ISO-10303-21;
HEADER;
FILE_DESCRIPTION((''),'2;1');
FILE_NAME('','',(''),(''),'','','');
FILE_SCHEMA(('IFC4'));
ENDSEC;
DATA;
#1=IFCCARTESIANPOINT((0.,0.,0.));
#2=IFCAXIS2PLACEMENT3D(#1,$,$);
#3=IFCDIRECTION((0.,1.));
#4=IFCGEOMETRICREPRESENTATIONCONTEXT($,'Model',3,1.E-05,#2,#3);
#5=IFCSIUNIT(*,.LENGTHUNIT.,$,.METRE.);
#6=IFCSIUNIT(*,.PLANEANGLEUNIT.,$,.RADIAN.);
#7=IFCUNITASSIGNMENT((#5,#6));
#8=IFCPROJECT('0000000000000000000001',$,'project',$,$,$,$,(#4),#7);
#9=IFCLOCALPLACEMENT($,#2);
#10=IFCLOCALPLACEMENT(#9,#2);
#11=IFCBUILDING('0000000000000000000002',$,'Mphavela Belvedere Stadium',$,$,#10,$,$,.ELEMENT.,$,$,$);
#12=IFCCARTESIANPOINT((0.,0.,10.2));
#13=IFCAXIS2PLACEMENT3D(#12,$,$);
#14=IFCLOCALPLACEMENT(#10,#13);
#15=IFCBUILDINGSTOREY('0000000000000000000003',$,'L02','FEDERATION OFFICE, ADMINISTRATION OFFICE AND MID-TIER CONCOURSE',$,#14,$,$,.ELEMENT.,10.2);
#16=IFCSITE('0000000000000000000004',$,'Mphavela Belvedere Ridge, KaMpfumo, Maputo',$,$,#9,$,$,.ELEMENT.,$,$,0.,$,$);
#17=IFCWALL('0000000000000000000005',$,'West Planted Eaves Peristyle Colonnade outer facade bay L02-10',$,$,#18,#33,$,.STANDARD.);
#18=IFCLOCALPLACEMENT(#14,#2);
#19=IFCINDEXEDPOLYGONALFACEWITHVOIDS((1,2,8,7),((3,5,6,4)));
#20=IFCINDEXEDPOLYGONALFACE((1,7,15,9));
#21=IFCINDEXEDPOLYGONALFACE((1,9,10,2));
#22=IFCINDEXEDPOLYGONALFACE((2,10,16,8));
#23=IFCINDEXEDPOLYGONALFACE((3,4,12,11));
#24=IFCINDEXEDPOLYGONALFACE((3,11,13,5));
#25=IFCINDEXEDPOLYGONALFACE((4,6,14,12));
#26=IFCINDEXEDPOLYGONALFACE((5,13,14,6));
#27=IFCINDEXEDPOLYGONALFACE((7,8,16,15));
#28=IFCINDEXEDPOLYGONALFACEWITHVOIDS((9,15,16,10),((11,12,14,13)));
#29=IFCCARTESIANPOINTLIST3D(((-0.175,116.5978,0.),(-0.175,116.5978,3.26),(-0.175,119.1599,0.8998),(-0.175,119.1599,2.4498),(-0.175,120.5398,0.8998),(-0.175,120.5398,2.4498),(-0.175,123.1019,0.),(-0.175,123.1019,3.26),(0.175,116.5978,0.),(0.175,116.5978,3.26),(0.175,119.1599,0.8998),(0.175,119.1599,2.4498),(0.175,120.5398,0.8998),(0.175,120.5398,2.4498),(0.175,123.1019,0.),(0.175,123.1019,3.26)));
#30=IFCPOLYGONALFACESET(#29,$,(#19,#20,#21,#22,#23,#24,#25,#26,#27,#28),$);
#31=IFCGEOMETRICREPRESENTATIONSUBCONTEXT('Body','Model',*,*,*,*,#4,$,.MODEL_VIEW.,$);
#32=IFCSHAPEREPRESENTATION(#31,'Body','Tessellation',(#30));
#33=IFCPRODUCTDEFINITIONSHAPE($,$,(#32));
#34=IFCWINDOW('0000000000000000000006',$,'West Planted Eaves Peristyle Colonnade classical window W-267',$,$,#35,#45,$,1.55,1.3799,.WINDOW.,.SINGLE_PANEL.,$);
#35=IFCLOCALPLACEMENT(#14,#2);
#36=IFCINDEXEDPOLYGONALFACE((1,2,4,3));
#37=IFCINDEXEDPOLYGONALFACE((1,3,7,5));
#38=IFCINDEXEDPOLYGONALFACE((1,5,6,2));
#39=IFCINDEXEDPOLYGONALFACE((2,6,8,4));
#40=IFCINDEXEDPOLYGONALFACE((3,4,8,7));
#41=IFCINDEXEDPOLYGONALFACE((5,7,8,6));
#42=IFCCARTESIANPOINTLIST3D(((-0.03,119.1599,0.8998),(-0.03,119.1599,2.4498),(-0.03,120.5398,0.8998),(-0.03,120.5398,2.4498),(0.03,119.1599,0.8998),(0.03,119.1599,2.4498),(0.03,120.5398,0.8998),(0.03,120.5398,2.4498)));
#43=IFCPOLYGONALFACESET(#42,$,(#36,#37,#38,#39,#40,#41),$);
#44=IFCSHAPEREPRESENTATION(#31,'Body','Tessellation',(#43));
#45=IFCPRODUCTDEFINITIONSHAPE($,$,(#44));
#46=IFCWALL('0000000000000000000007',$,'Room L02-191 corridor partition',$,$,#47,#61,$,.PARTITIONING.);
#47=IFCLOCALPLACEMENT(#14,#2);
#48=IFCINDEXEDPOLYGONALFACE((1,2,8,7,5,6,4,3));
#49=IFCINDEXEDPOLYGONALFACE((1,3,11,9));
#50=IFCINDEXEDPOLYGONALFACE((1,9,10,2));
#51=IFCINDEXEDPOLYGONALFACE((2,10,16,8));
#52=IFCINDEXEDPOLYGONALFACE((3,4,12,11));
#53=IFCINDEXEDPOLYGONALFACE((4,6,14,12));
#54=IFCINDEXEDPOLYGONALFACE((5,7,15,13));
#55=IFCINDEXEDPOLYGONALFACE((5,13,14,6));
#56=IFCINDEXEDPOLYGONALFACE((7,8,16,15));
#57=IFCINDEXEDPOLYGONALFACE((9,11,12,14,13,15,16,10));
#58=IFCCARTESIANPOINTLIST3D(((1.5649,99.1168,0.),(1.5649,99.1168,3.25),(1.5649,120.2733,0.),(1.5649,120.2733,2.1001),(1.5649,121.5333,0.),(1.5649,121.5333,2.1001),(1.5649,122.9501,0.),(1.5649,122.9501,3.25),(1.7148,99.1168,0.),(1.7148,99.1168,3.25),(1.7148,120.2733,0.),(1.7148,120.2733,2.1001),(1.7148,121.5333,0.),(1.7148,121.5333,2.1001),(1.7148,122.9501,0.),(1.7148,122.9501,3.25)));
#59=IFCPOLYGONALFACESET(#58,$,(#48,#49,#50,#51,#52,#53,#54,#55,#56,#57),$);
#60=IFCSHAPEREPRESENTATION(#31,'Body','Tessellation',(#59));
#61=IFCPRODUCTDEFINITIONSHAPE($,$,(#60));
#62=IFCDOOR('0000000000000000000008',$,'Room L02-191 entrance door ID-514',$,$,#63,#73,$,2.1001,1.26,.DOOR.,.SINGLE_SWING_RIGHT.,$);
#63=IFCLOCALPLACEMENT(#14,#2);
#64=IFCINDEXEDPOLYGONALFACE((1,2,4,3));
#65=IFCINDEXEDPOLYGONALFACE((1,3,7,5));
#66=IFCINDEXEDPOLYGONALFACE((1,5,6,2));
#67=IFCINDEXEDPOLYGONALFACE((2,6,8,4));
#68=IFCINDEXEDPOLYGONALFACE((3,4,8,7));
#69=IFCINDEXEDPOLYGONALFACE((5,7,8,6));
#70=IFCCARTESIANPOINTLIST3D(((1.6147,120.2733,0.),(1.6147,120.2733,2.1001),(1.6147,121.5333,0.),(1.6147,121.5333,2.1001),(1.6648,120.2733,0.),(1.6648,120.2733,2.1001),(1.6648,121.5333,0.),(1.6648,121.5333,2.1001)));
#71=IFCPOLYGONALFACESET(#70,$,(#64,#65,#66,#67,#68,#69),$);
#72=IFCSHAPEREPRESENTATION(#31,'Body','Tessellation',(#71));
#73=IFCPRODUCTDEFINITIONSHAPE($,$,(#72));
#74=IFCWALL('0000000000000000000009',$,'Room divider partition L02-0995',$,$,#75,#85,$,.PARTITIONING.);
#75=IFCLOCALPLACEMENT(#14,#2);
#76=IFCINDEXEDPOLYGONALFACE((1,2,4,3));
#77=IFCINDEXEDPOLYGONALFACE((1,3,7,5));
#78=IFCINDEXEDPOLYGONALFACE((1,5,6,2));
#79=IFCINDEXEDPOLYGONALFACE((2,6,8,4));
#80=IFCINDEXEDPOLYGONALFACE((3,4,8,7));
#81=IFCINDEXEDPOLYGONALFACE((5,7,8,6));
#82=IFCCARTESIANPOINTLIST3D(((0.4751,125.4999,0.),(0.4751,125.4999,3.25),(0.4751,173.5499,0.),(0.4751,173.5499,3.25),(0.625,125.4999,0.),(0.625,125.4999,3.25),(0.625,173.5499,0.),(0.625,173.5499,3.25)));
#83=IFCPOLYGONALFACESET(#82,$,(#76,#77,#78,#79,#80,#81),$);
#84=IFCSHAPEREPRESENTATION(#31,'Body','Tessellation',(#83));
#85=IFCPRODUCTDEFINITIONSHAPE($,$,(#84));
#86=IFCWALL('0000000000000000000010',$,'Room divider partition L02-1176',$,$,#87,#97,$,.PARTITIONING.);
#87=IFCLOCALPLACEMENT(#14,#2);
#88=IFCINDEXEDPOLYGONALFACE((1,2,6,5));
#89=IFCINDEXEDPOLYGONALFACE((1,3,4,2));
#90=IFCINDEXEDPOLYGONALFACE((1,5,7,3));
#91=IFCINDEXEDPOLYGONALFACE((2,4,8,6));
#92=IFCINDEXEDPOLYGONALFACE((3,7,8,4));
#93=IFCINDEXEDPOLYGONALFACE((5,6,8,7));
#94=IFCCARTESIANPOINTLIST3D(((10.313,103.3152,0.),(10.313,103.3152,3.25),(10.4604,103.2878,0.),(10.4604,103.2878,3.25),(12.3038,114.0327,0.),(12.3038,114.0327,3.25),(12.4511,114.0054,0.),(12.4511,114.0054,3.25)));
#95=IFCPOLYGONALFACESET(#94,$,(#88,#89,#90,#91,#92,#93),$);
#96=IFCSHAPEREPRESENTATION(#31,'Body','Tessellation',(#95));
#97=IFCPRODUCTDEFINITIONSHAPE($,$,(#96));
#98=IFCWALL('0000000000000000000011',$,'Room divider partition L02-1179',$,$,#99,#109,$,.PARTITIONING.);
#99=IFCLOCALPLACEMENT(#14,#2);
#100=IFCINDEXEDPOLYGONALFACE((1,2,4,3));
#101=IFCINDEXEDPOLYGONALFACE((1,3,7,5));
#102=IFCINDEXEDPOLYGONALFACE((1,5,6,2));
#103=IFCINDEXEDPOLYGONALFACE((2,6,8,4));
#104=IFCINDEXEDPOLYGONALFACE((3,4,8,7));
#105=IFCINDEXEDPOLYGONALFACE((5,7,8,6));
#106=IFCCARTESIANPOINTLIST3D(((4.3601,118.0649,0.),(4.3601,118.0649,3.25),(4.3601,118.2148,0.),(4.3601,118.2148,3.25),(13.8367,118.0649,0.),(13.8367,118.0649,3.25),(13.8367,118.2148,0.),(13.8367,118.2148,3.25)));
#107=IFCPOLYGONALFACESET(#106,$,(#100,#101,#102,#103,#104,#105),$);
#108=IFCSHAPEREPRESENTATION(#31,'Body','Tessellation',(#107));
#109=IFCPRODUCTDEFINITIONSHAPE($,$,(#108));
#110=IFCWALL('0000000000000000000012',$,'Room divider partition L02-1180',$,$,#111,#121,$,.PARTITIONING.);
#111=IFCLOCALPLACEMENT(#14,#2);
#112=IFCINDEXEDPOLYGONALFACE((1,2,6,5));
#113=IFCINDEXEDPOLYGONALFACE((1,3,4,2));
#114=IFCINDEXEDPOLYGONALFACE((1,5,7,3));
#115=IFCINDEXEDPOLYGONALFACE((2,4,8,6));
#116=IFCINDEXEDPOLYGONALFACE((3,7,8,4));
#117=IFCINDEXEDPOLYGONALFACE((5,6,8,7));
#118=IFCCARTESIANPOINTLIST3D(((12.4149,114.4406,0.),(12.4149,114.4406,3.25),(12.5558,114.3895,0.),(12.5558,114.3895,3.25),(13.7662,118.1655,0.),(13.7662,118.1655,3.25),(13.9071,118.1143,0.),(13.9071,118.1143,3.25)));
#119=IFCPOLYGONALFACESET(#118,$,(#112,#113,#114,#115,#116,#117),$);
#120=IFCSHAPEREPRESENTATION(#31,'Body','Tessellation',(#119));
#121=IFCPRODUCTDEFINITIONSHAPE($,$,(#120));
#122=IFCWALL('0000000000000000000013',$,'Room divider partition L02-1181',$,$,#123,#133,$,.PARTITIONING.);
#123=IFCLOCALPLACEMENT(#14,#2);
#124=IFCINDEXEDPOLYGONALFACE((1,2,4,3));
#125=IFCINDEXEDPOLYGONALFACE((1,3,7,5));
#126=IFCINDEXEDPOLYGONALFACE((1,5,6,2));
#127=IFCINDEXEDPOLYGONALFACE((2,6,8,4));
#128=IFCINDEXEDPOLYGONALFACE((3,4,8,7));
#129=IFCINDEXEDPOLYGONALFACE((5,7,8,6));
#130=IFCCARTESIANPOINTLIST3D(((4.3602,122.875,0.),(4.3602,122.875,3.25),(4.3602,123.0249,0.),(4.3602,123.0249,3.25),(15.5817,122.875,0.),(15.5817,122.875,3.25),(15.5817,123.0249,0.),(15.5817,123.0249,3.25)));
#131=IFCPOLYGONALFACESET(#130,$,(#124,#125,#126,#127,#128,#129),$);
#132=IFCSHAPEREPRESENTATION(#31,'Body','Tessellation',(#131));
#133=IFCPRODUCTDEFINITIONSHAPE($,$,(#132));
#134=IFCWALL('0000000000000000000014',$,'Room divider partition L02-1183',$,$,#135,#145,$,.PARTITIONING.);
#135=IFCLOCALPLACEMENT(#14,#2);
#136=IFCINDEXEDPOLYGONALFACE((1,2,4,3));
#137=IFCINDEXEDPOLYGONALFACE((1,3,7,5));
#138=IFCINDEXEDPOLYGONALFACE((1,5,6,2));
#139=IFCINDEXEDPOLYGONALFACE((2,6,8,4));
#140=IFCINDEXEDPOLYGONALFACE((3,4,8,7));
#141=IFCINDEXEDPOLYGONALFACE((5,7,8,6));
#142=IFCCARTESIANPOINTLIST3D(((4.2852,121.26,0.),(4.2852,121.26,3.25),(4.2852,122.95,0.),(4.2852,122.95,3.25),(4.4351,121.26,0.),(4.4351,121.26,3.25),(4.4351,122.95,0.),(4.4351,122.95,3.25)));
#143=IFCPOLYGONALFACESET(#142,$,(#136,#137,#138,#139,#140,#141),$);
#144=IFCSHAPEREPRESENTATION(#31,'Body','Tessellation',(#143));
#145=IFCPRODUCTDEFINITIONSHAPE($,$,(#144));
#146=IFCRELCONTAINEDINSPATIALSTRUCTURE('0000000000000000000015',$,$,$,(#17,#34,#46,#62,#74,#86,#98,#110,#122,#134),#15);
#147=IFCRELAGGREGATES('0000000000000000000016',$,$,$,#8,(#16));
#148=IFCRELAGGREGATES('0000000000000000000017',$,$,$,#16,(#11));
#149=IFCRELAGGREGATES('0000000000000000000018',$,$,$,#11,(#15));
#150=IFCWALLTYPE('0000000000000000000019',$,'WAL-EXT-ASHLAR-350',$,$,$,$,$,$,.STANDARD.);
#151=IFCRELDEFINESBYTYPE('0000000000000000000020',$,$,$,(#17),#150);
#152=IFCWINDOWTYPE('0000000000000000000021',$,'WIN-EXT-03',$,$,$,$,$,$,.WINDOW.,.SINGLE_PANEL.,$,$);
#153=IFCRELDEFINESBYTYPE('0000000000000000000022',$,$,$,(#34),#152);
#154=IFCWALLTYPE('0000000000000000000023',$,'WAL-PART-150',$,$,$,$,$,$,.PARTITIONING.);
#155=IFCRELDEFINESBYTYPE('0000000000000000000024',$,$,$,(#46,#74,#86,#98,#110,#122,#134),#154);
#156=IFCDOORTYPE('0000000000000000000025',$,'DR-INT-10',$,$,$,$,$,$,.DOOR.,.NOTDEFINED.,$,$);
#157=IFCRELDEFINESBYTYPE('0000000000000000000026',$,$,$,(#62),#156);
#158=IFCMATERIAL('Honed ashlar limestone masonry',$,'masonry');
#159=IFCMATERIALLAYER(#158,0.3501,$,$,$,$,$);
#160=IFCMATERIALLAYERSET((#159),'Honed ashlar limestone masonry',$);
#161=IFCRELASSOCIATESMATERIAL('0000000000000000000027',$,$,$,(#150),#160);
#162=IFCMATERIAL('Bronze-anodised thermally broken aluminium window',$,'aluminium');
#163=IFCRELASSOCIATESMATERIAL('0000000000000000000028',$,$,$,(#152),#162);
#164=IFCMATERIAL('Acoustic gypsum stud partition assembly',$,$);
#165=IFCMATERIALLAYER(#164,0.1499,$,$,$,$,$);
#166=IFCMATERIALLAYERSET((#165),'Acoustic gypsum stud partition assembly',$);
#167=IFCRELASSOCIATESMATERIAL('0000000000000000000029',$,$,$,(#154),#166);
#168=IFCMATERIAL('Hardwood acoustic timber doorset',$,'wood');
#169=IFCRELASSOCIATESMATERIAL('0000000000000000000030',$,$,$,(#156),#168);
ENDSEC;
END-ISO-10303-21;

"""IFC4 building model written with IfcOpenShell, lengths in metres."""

from ifc_helpers import new_model, si_unit, direction, frame, frame_2d, origin, place, context, subcontext, project, spatial, rectangle, extrude, material, layer, layer_set, type_object, element, fill, save


model = new_model("IFC4")

# Units and contexts
model_context = context("Model", 3, precision=1e-05, world=origin(), true_north=direction((0.0, 1.0)))
body_context = subcontext(model_context, "Body", "Model", "MODEL_VIEW")
ifc_project = project(units=[si_unit("LENGTHUNIT", "METRE"), si_unit("PLANEANGLEUNIT", "RADIAN")], contexts=[model_context])

# Site, building, storey
site_placement = place(None, origin())
site = spatial("IfcSite", under=ifc_project, at=site_placement, Name="Mphavela Belvedere Ridge, KaMpfumo, Maputo", CompositionType="ELEMENT", RefElevation=0.0)
building_placement = place(site_placement, origin())
building = spatial("IfcBuilding", under=site, at=building_placement, Name="Mphavela Belvedere Stadium", CompositionType="ELEMENT")
storey_placement = place(building_placement, frame((0.0, 0.0, 10.2)))
storey = spatial("IfcBuildingStorey", under=building, at=storey_placement, Name="L02", Description="FEDERATION OFFICE, ADMINISTRATION OFFICE AND MID-TIER CONCOURSE", CompositionType="ELEMENT", Elevation=10.2)

# Wall, opening, window
ifc_material_1 = material(Name="Honed ashlar limestone masonry", Category="masonry")
ifc_layer_1 = layer(ifc_material_1, 0.3501)
ifc_layer_set_1 = layer_set([ifc_layer_1], Name="Honed ashlar limestone masonry")
wall_type_1 = type_object("IfcWallType", Name="WAL-EXT-ASHLAR-350", PredefinedType="STANDARD", material=ifc_layer_set_1)
wall_1_placement = place(storey_placement, frame((0.0, 116.5979, 0.0), z_axis=(0.0, 0.0, 1.0), x_axis=(0.0, 1.0, 0.0)))
wall_1 = element("IfcWall", 1, at=wall_1_placement, inside=storey, type_object=wall_type_1, Name="West Planted Eaves Peristyle Colonnade outer facade bay L02-10", PredefinedType="STANDARD", context=body_context, shape_type="SweptSolid", body=[
    extrude(rectangle(XDim=6.5042, YDim=0.3501, at=frame_2d((3.252, 0.0))), origin(), (0.0, 0.0, 1.0), 3.26),
])
opening_1_placement = place(wall_1_placement, frame((2.562, 0.0, 0.8999)))
opening_1 = element("IfcOpeningElement", 2, at=opening_1_placement, cuts=wall_1, PredefinedType="OPENING", context=body_context, shape_type="SweptSolid", body=[
    extrude(rectangle(XDim=1.3799, YDim=1.55, at=frame_2d((0.6899, 0.7749))), frame((0.0, 0.1851, 0.0), z_axis=(0.0, -1.0, 0.0), x_axis=(1.0, 0.0, 0.0)), (0.0, 0.0, 1.0), 0.3701),
])
ifc_material_2 = material(Name="Bronze-anodised thermally broken aluminium window", Category="aluminium")
window_type = type_object("IfcWindowType", Name="WIN-EXT-03", PartitioningType="SINGLE_PANEL", PredefinedType="WINDOW", material=ifc_material_2)
window_placement = place(opening_1_placement, origin())
window = element("IfcWindow", 3, at=window_placement, inside=storey, type_object=window_type, Name="West Planted Eaves Peristyle Colonnade classical window W-267", OverallHeight=1.55, OverallWidth=1.3799, PartitioningType="SINGLE_PANEL", PredefinedType="WINDOW", context=body_context, shape_type="SweptSolid", body=[
    extrude(rectangle(XDim=1.3799, YDim=1.55, at=frame_2d((0.6899, 0.7749))), frame((0.0, 0.03, 0.0), z_axis=(0.0, -1.0, 0.0), x_axis=(1.0, 0.0, 0.0)), (0.0, 0.0, 1.0), 0.0601),
])
fill(opening_1, window)

# Wall, opening, door
ifc_material_3 = material(Name="Acoustic gypsum stud partition assembly")
ifc_layer_2 = layer(ifc_material_3, 0.1499)
ifc_layer_set_2 = layer_set([ifc_layer_2], Name="Acoustic gypsum stud partition assembly")
wall_type_2 = type_object("IfcWallType", Name="WAL-PART-150", PredefinedType="PARTITIONING", material=ifc_layer_set_2)
wall_2_placement = place(storey_placement, frame((1.6399, 122.95, 0.0), z_axis=(0.0, 0.0, 1.0), x_axis=(0.0, -1.0, 0.0)))
wall_2 = element("IfcWall", 4, at=wall_2_placement, inside=storey, type_object=wall_type_2, Name="Room L02-191 corridor partition", PredefinedType="PARTITIONING", context=body_context, shape_type="SweptSolid", body=[
    extrude(rectangle(XDim=23.8333, YDim=0.1499, at=frame_2d((11.9165, 0.0))), origin(), (0.0, 0.0, 1.0), 3.25),
])
opening_2_placement = place(wall_2_placement, frame((1.4167, 0.0, 0.0)))
opening_2 = element("IfcOpeningElement", 5, at=opening_2_placement, cuts=wall_2, PredefinedType="OPENING", context=body_context, shape_type="SweptSolid", body=[
    extrude(rectangle(XDim=1.26, YDim=2.1001, at=frame_2d((0.6299, 1.05))), frame((0.0, 0.085, 0.0), z_axis=(0.0, -1.0, 0.0), x_axis=(1.0, 0.0, 0.0)), (0.0, 0.0, 1.0), 0.1699),
])
ifc_material_4 = material(Name="Hardwood acoustic timber doorset", Category="wood")
door_type = type_object("IfcDoorType", Name="DR-INT-10", OperationType="NOTDEFINED", PredefinedType="DOOR", material=ifc_material_4)
door_placement = place(opening_2_placement, origin())
door = element("IfcDoor", 6, at=door_placement, inside=storey, type_object=door_type, Name="Room L02-191 entrance door ID-514", OperationType="SINGLE_SWING_RIGHT", OverallHeight=2.1001, OverallWidth=1.26, PredefinedType="DOOR", context=body_context, shape_type="SweptSolid", body=[
    extrude(rectangle(XDim=1.26, YDim=2.1001, at=frame_2d((0.6299, 1.05))), frame((0.0, 0.0249, 0.0), z_axis=(0.0, -1.0, 0.0), x_axis=(1.0, 0.0, 0.0)), (0.0, 0.0, 1.0), 0.05),
])
fill(opening_2, door)

# Walls
wall_3_placement = place(storey_placement, frame((0.55, 125.5, 0.0), z_axis=(0.0, 0.0, 1.0), x_axis=(0.0, 1.0, 0.0)))
element("IfcWall", 7, at=wall_3_placement, inside=storey, type_object=wall_type_2, Name="Room divider partition L02-0995", PredefinedType="PARTITIONING", context=body_context, shape_type="SweptSolid", body=[
    extrude(rectangle(XDim=48.05, YDim=0.1499, at=frame_2d((24.0249, 0.0))), origin(), (0.0, 0.0, 1.0), 3.25),
])
wall_4_placement = place(storey_placement, frame((12.3774, 114.019, 0.0), z_axis=(0.0, 0.0, 1.0), x_axis=(-0.182621, -0.983183, 0.0)))
element("IfcWall", 8, at=wall_4_placement, inside=storey, type_object=wall_type_2, Name="Room divider partition L02-1176", PredefinedType="PARTITIONING", context=body_context, shape_type="SweptSolid", body=[
    extrude(rectangle(XDim=10.9009, YDim=0.1499, at=frame_2d((5.4504, 0.0))), origin(), (0.0, 0.0, 1.0), 3.25),
])
wall_5_placement = place(storey_placement, frame((4.3601, 118.1399, 0.0), z_axis=(0.0, 0.0, 1.0), x_axis=(1.0, 0.0, 0.0)))
element("IfcWall", 9, at=wall_5_placement, inside=storey, type_object=wall_type_2, Name="Room divider partition L02-1179", PredefinedType="PARTITIONING", context=body_context, shape_type="SweptSolid", body=[
    extrude(rectangle(XDim=9.4766, YDim=0.1499, at=frame_2d((4.7383, 0.0))), origin(), (0.0, 0.0, 1.0), 3.25),
])
wall_6_placement = place(storey_placement, frame((13.8367, 118.1399, 0.0), z_axis=(0.0, 0.0, 1.0), x_axis=(-0.341036, -0.94005, 0.0)))
element("IfcWall", 10, at=wall_6_placement, inside=storey, type_object=wall_type_2, Name="Room divider partition L02-1180", PredefinedType="PARTITIONING", context=body_context, shape_type="SweptSolid", body=[
    extrude(rectangle(XDim=3.9624, YDim=0.1499, at=frame_2d((1.9812, 0.0))), origin(), (0.0, 0.0, 1.0), 3.25),
])
wall_7_placement = place(storey_placement, frame((4.3601, 122.95, 0.0), z_axis=(0.0, 0.0, 1.0), x_axis=(1.0, 0.0, 0.0)))
element("IfcWall", 11, at=wall_7_placement, inside=storey, type_object=wall_type_2, Name="Room divider partition L02-1181", PredefinedType="PARTITIONING", context=body_context, shape_type="SweptSolid", body=[
    extrude(rectangle(XDim=11.2214, YDim=0.1499, at=frame_2d((5.6108, 0.0))), origin(), (0.0, 0.0, 1.0), 3.25),
])
wall_8_placement = place(storey_placement, frame((4.3601, 121.26, 0.0), z_axis=(0.0, 0.0, 1.0), x_axis=(0.0, 1.0, 0.0)))
element("IfcWall", 12, at=wall_8_placement, inside=storey, type_object=wall_type_2, Name="Room divider partition L02-1183", PredefinedType="PARTITIONING", context=body_context, shape_type="SweptSolid", body=[
    extrude(rectangle(XDim=1.6899, YDim=0.1499, at=frame_2d((0.845, 0.0))), origin(), (0.0, 0.0, 1.0), 3.25),
])

save(model, "model.ifc")
